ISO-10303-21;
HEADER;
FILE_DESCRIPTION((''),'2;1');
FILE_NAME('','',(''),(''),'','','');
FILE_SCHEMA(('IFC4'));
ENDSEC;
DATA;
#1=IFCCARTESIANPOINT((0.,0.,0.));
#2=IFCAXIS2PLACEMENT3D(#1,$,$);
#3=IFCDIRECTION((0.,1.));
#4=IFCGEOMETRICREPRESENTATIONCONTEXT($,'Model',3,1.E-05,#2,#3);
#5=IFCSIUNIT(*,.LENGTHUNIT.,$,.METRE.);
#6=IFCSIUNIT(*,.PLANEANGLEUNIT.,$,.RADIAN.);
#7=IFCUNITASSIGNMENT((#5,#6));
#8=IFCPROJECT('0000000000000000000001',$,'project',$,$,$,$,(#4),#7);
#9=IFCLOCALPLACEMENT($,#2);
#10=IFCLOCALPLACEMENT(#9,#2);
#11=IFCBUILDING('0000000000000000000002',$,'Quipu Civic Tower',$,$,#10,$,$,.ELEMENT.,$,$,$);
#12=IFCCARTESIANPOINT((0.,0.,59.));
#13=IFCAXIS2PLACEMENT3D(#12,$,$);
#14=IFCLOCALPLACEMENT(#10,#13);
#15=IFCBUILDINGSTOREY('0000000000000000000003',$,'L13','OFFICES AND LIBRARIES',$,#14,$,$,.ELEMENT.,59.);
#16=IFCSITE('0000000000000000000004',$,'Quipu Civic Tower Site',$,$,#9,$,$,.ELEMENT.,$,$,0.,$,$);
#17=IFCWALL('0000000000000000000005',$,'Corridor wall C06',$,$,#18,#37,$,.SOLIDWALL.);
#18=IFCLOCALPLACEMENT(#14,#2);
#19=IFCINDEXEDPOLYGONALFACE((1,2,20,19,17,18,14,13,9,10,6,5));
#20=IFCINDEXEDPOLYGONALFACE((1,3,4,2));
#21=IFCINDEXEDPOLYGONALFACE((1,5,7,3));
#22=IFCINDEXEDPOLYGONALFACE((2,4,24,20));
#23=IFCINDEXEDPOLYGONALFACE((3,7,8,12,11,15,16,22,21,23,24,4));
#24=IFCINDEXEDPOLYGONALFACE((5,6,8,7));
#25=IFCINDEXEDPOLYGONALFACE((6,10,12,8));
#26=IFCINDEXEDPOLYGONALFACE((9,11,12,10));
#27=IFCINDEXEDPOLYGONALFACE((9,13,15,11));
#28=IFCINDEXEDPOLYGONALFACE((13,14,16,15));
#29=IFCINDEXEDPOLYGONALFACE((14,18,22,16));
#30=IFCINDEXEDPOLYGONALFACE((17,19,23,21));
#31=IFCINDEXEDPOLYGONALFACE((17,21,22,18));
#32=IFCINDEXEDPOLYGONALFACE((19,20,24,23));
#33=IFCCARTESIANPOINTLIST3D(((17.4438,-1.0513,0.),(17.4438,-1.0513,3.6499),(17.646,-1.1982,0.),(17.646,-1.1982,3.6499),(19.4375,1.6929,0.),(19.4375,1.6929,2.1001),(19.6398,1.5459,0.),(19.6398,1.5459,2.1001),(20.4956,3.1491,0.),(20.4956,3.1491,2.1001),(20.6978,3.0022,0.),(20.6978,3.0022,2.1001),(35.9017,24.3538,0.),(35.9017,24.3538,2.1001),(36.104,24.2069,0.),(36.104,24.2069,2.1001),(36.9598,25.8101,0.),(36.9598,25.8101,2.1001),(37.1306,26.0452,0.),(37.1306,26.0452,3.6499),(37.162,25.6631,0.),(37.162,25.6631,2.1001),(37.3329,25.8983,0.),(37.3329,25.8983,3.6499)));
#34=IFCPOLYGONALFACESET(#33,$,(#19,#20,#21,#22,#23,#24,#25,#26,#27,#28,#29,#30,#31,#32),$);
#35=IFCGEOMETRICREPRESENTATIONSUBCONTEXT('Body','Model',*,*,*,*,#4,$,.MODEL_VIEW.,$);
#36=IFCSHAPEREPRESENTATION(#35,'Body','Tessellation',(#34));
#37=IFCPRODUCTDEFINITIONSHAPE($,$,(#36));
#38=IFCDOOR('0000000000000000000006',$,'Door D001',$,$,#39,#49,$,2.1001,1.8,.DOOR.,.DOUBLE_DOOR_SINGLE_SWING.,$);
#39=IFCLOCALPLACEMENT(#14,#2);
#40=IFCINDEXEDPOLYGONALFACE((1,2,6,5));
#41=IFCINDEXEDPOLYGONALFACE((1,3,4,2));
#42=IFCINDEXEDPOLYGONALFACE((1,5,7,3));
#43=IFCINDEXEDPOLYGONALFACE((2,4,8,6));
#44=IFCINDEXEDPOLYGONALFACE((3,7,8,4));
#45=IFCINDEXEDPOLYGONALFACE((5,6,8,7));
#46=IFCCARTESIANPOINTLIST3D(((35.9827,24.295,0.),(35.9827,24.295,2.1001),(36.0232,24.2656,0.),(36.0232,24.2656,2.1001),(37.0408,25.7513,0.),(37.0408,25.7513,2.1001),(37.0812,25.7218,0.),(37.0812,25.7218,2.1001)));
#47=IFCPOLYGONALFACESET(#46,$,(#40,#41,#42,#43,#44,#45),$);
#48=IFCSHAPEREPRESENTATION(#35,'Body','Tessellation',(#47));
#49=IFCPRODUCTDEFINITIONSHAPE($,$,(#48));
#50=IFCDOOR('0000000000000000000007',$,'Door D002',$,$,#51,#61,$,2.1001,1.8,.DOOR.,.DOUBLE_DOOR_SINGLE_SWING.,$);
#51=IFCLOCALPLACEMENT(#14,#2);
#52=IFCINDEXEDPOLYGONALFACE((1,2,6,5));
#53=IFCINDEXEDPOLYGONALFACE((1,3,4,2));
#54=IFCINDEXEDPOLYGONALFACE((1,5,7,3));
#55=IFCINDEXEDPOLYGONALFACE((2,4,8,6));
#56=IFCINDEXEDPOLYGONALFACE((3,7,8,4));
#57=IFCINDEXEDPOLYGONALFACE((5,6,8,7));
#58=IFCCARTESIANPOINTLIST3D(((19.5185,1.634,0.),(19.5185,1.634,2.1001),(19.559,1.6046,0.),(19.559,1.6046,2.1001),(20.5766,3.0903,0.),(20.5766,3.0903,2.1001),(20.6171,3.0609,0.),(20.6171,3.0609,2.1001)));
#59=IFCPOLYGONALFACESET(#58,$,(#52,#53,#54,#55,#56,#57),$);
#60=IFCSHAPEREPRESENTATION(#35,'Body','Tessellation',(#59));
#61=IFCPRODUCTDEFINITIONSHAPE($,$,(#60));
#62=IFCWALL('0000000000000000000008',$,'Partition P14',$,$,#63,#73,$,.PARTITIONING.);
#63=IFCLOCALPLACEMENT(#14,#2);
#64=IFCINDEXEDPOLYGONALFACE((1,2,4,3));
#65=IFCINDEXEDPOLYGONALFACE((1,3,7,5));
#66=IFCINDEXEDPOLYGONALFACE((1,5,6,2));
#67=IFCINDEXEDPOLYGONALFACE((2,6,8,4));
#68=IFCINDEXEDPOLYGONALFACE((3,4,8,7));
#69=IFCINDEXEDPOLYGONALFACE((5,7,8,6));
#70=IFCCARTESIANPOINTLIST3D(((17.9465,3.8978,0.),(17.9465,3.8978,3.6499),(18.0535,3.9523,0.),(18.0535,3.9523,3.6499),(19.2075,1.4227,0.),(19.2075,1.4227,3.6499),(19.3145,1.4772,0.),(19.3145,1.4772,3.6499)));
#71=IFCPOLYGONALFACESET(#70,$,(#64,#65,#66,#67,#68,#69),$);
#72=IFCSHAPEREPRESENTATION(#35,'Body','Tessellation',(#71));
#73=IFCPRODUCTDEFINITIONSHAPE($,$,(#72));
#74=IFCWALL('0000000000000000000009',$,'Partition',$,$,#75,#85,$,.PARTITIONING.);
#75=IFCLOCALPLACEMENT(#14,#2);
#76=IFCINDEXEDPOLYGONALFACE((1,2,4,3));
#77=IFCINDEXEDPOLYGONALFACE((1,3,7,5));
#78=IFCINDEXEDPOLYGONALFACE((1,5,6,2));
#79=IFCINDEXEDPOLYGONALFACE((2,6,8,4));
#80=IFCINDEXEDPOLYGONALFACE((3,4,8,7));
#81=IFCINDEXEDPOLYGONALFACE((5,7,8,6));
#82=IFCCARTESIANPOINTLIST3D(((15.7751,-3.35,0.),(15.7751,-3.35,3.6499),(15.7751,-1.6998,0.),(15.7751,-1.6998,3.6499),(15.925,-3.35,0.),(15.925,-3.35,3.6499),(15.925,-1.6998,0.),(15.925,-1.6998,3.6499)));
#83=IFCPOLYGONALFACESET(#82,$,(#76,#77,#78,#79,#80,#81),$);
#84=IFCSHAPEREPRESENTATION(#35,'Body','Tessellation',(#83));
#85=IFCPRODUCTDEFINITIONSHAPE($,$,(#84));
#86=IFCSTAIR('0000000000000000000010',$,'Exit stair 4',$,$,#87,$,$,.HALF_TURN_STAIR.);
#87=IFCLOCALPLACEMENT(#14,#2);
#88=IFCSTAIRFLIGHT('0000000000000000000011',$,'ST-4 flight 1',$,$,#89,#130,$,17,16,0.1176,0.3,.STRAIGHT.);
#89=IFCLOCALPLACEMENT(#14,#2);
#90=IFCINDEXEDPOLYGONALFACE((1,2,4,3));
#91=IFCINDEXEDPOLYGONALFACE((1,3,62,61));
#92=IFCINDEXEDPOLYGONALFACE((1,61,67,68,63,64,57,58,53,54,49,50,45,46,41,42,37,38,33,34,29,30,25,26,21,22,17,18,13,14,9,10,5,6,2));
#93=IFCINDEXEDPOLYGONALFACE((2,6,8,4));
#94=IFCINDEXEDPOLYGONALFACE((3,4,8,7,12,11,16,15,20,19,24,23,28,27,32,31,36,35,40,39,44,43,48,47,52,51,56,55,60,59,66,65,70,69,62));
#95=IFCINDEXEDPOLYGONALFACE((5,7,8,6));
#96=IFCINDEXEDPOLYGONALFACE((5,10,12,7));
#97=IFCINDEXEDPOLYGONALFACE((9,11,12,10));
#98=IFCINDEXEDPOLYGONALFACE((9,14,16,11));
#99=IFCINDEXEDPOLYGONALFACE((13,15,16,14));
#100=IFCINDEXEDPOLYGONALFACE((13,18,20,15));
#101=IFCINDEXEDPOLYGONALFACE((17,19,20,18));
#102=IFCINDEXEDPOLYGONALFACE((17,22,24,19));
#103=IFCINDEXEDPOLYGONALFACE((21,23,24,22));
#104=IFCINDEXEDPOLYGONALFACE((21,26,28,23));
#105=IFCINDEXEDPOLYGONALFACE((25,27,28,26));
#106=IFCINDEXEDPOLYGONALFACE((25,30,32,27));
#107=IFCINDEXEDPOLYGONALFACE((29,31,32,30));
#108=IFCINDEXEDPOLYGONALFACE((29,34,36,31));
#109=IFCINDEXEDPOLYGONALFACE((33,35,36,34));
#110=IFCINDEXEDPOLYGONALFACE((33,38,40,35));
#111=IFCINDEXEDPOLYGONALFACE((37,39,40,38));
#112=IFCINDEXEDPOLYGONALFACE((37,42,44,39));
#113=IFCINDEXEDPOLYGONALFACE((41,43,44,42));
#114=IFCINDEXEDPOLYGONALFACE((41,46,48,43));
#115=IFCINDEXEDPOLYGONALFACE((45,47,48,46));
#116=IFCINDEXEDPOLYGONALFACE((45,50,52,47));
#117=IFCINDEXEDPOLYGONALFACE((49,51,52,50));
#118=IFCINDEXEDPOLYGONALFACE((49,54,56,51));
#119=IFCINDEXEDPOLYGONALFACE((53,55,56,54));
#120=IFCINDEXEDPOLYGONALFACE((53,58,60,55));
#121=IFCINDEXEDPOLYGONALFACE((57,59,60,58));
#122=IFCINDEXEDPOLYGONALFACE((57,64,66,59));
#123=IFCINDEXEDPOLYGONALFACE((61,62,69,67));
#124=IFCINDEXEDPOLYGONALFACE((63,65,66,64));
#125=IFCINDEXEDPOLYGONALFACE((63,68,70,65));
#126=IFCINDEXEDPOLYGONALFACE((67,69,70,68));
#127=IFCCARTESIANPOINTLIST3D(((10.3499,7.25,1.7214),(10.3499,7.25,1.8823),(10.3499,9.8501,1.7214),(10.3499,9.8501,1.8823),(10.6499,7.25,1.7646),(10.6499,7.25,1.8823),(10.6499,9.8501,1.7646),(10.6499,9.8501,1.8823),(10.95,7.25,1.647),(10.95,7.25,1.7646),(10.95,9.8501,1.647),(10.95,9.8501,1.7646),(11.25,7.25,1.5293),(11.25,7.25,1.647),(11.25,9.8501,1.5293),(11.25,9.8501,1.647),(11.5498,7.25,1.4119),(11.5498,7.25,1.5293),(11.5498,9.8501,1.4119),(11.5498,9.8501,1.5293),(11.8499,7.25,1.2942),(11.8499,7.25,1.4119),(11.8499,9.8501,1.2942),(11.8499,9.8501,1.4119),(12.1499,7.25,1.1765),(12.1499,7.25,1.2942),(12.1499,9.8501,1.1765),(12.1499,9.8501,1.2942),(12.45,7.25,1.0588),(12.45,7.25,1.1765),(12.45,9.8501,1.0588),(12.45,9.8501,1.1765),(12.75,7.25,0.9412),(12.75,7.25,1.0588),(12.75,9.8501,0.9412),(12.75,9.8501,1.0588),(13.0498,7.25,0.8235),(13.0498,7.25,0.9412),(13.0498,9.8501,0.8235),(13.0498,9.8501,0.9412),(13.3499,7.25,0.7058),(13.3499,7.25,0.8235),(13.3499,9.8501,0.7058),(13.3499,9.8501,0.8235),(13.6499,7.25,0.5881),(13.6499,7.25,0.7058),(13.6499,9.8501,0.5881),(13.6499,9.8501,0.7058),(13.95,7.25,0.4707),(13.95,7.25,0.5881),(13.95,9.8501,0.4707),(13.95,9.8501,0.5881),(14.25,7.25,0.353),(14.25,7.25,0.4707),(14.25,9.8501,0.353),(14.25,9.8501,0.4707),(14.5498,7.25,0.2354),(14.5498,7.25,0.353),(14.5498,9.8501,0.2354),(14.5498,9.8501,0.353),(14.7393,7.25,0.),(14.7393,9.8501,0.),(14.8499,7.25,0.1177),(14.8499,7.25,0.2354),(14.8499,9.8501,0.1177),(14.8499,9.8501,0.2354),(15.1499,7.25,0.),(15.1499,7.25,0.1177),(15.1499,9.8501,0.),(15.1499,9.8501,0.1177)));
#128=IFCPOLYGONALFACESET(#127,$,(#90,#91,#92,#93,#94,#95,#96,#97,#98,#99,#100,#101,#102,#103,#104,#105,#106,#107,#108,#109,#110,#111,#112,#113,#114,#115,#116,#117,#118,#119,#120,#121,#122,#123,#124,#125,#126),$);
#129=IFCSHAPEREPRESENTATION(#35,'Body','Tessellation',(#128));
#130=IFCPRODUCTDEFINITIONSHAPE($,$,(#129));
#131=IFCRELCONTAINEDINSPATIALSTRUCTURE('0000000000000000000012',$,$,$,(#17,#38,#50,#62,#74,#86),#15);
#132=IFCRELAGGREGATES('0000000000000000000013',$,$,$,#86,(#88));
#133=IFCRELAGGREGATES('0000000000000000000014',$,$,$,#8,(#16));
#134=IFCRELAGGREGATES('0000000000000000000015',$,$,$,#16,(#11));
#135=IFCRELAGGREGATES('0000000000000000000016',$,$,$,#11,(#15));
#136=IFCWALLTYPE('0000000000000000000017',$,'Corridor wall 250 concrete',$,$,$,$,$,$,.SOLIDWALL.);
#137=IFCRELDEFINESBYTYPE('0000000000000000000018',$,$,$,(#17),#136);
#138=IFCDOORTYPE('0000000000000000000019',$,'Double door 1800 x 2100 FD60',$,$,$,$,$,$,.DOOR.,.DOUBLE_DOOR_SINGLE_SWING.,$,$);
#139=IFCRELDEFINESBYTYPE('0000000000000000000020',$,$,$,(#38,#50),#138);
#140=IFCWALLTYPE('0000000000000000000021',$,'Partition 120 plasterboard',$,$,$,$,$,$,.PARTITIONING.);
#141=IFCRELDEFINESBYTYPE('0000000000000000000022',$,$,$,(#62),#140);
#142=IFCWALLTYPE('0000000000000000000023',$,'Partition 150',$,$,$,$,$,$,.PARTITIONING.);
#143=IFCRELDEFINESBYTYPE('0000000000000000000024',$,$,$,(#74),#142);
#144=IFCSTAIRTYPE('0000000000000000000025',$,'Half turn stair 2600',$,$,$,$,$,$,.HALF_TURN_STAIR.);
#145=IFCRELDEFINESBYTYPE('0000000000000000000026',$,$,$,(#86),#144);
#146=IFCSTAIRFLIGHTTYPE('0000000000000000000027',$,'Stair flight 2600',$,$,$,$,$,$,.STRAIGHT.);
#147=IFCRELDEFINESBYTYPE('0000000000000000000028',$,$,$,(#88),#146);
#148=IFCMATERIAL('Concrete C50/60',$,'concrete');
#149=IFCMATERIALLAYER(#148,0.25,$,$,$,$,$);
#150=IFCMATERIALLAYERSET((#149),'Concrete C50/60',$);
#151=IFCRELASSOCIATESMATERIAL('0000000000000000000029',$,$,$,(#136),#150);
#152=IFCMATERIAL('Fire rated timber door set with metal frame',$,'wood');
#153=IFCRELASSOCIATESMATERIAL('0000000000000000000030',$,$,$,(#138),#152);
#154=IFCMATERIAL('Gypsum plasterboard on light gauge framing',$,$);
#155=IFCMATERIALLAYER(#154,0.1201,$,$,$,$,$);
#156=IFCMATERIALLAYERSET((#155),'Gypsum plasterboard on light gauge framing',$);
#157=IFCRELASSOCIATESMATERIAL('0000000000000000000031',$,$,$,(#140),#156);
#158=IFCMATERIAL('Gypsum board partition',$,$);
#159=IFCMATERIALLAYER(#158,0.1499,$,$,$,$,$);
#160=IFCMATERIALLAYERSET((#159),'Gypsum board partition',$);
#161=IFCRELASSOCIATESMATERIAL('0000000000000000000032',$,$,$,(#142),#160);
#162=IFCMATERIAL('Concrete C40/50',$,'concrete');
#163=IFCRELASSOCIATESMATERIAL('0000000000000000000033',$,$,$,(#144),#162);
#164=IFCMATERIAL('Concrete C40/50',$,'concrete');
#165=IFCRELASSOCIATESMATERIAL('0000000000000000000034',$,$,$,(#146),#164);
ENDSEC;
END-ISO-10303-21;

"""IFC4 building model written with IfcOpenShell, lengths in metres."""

from ifc_helpers import new_model, si_unit, direction, frame, frame_2d, origin, place, context, subcontext, project, spatial, polyline, rectangle, outline, extrude, material, layer, layer_set, type_object, element, fill, aggregate, save


model = new_model("IFC4")

# Units and contexts
model_context = context("Model", 3, precision=1e-05, world=origin(), true_north=direction((0.0, 1.0)))
body_context = subcontext(model_context, "Body", "Model", "MODEL_VIEW")
ifc_project = project(units=[si_unit("LENGTHUNIT", "METRE"), si_unit("PLANEANGLEUNIT", "RADIAN")], contexts=[model_context])

# Site, building, storey
site_placement = place(None, origin())
site = spatial("IfcSite", under=ifc_project, at=site_placement, Name="Quipu Civic Tower Site", CompositionType="ELEMENT", RefElevation=0.0)
building_placement = place(site_placement, origin())
building = spatial("IfcBuilding", under=site, at=building_placement, Name="Quipu Civic Tower", CompositionType="ELEMENT")
storey_placement = place(building_placement, frame((0.0, 0.0, 59.0)))
storey = spatial("IfcBuildingStorey", under=building, at=storey_placement, Name="L13", Description="OFFICES AND LIBRARIES", CompositionType="ELEMENT", Elevation=59.0)

# Wall, openings, doors
ifc_material_1 = material(Name="Concrete C50/60", Category="concrete")
ifc_layer_1 = layer(ifc_material_1, 0.25)
ifc_layer_set_1 = layer_set([ifc_layer_1], Name="Concrete C50/60")
wall_type_1 = type_object("IfcWallType", Name="Corridor wall 250 concrete", PredefinedType="SOLIDWALL", material=ifc_layer_set_1)
wall_1_placement = place(storey_placement, frame((17.5449, -1.1248, 0.0), z_axis=(0.0, 0.0, 1.0), x_axis=(0.587786, 0.809016, 0.0)))
wall_1 = element("IfcWall", 1, at=wall_1_placement, inside=storey, type_object=wall_type_1, Name="Corridor wall C06", PredefinedType="SOLIDWALL", context=body_context, shape_type="SweptSolid", body=[
    extrude(rectangle(XDim=33.4932, YDim=0.25, at=frame_2d((16.7466, 0.0))), origin(), (0.0, 0.0, 1.0), 3.6499),
])
opening_1_placement = place(wall_1_placement, frame((31.4026, 0.0, 0.0)))
opening_1 = element("IfcOpeningElement", 2, at=opening_1_placement, cuts=wall_1, PredefinedType="OPENING", context=body_context, shape_type="SweptSolid", body=[
    extrude(rectangle(XDim=1.8, YDim=2.1001, at=frame_2d((0.8999, 1.05))), frame((0.0, 0.135, 0.0), z_axis=(0.0, -1.0, 0.0), x_axis=(1.0, 0.0, 0.0)), (0.0, 0.0, 1.0), 0.27),
])
opening_2_placement = place(wall_1_placement, frame((3.3921, 0.0, 0.0)))
opening_2 = element("IfcOpeningElement", 3, at=opening_2_placement, cuts=wall_1, PredefinedType="OPENING", context=body_context, shape_type="SweptSolid", body=[
    extrude(rectangle(XDim=1.8, YDim=2.1001, at=frame_2d((0.8999, 1.05))), frame((0.0, 0.135, 0.0), z_axis=(0.0, -1.0, 0.0), x_axis=(1.0, 0.0, 0.0)), (0.0, 0.0, 1.0), 0.27),
])
ifc_material_2 = material(Name="Fire rated timber door set with metal frame", Category="wood")
door_type_1 = type_object("IfcDoorType", Name="Double door 1800 x 2100 FD60", OperationType="DOUBLE_DOOR_SINGLE_SWING", PredefinedType="DOOR", material=ifc_material_2)
door_1_placement = place(opening_1_placement, origin())
door_1 = element("IfcDoor", 4, at=door_1_placement, inside=storey, type_object=door_type_1, Name="Door D001", OperationType="DOUBLE_DOOR_SINGLE_SWING", OverallHeight=2.1001, OverallWidth=1.8, PredefinedType="DOOR", context=body_context, shape_type="SweptSolid", body=[
    extrude(rectangle(XDim=1.8, YDim=2.1001, at=frame_2d((0.8999, 1.05))), frame((0.0, 0.0249, 0.0), z_axis=(0.0, -1.0, 0.0), x_axis=(1.0, 0.0, 0.0)), (0.0, 0.0, 1.0), 0.05),
])
fill(opening_1, door_1)
door_2_placement = place(opening_2_placement, origin())
door_2 = element("IfcDoor", 5, at=door_2_placement, inside=storey, type_object=door_type_1, Name="Door D002", OperationType="DOUBLE_DOOR_SINGLE_SWING", OverallHeight=2.1001, OverallWidth=1.8, PredefinedType="DOOR", context=body_context, shape_type="SweptSolid", body=[
    extrude(rectangle(XDim=1.8, YDim=2.1001, at=frame_2d((0.8999, 1.05))), frame((0.0, 0.0249, 0.0), z_axis=(0.0, -1.0, 0.0), x_axis=(1.0, 0.0, 0.0)), (0.0, 0.0, 1.0), 0.05),
])
fill(opening_2, door_2)

# Walls
ifc_material_3 = material(Name="Gypsum plasterboard on light gauge framing")
ifc_layer_2 = layer(ifc_material_3, 0.1201)
ifc_layer_set_2 = layer_set([ifc_layer_2], Name="Gypsum plasterboard on light gauge framing")
wall_type_2 = type_object("IfcWallType", Name="Partition 120 plasterboard", PredefinedType="PARTITIONING", material=ifc_layer_set_2)
wall_2_placement = place(storey_placement, frame((18.0, 3.925, 0.0), z_axis=(0.0, 0.0, 1.0), x_axis=(0.453951, -0.891027, 0.0)))
element("IfcWall", 6, at=wall_2_placement, inside=storey, type_object=wall_type_2, Name="Partition P14", PredefinedType="PARTITIONING", context=body_context, shape_type="SweptSolid", body=[
    extrude(rectangle(XDim=2.7778, YDim=0.1201, at=frame_2d((1.3889, 0.0))), origin(), (0.0, 0.0, 1.0), 3.6499),
])
ifc_material_4 = material(Name="Gypsum board partition")
ifc_layer_3 = layer(ifc_material_4, 0.1499)
ifc_layer_set_3 = layer_set([ifc_layer_3], Name="Gypsum board partition")
wall_type_3 = type_object("IfcWallType", Name="Partition 150", PredefinedType="PARTITIONING", material=ifc_layer_set_3)
wall_3_placement = place(storey_placement, frame((15.8501, -3.3501, 0.0), z_axis=(0.0, 0.0, 1.0), x_axis=(0.0, 1.0, 0.0)))
element("IfcWall", 7, at=wall_3_placement, inside=storey, type_object=wall_type_3, Name="Partition", PredefinedType="PARTITIONING", context=body_context, shape_type="SweptSolid", body=[
    extrude(rectangle(XDim=1.6501, YDim=0.1499, at=frame_2d((0.8252, 0.0))), origin(), (0.0, 0.0, 1.0), 3.6499),
])

# Stair, stair flight
ifc_material_5 = material(Name="Concrete C40/50", Category="concrete")
stair_type = type_object("IfcStairType", Name="Half turn stair 2600", PredefinedType="HALF_TURN_STAIR", material=ifc_material_5)
stair_placement = place(storey_placement, origin())
stair = element("IfcStair", 8, at=stair_placement, inside=storey, type_object=stair_type, Name="Exit stair 4", PredefinedType="HALF_TURN_STAIR")
ifc_material_6 = material(Name="Concrete C40/50", Category="concrete")
stair_flight_type = type_object("IfcStairFlightType", Name="Stair flight 2600", PredefinedType="STRAIGHT", material=ifc_material_6)
stair_flight_placement = place(storey_placement, frame((15.1499, 8.55, 0.0), z_axis=(0.0, 0.0, 1.0), x_axis=(-1.0, 0.0, 0.0)))
stair_flight = element("IfcStairFlight", 9, at=stair_flight_placement, type_object=stair_flight_type, Name="ST-4 flight 1", NumberOfRisers=17, NumberOfTreads=16, PredefinedType="STRAIGHT", RiserHeight=0.1176, TreadLength=0.3, context=body_context, shape_type="SweptSolid", body=[
    extrude(outline(polyline([(0.0, 0.0), (0.0, 0.1177), (0.3, 0.1177), (0.3, 0.2354), (0.6001, 0.2354), (0.6001, 0.353), (0.8999, 0.353), (0.8999, 0.4707), (1.2, 0.4707), (1.2, 0.5881), (1.5, 0.5881), (1.5, 0.7058), (1.8, 0.7058), (1.8, 0.8235), (2.1001, 0.8235), (2.1001, 0.9412), (2.3999, 0.9412), (2.3999, 1.0588), (2.7, 1.0588), (2.7, 1.1765), (3.0, 1.1765), (3.0, 1.2942), (3.3, 1.2942), (3.3, 1.4119), (3.6001, 1.4119), (3.6001, 1.5293), (3.8999, 1.5293), (3.8999, 1.647), (4.2, 1.647), (4.2, 1.7646), (4.5, 1.7646), (4.5, 1.8823), (4.8, 1.8823), (4.8, 2.0), (4.8, 1.7214), (0.4106, 0.0), (0.0, 0.0)])), frame((0.0, 1.3, 0.0), z_axis=(0.0, -1.0, 0.0), x_axis=(1.0, 0.0, 0.0)), (0.0, 0.0, 1.0), 2.6001),
])
aggregate(stair, [stair_flight])

save(model, "model.ifc")
